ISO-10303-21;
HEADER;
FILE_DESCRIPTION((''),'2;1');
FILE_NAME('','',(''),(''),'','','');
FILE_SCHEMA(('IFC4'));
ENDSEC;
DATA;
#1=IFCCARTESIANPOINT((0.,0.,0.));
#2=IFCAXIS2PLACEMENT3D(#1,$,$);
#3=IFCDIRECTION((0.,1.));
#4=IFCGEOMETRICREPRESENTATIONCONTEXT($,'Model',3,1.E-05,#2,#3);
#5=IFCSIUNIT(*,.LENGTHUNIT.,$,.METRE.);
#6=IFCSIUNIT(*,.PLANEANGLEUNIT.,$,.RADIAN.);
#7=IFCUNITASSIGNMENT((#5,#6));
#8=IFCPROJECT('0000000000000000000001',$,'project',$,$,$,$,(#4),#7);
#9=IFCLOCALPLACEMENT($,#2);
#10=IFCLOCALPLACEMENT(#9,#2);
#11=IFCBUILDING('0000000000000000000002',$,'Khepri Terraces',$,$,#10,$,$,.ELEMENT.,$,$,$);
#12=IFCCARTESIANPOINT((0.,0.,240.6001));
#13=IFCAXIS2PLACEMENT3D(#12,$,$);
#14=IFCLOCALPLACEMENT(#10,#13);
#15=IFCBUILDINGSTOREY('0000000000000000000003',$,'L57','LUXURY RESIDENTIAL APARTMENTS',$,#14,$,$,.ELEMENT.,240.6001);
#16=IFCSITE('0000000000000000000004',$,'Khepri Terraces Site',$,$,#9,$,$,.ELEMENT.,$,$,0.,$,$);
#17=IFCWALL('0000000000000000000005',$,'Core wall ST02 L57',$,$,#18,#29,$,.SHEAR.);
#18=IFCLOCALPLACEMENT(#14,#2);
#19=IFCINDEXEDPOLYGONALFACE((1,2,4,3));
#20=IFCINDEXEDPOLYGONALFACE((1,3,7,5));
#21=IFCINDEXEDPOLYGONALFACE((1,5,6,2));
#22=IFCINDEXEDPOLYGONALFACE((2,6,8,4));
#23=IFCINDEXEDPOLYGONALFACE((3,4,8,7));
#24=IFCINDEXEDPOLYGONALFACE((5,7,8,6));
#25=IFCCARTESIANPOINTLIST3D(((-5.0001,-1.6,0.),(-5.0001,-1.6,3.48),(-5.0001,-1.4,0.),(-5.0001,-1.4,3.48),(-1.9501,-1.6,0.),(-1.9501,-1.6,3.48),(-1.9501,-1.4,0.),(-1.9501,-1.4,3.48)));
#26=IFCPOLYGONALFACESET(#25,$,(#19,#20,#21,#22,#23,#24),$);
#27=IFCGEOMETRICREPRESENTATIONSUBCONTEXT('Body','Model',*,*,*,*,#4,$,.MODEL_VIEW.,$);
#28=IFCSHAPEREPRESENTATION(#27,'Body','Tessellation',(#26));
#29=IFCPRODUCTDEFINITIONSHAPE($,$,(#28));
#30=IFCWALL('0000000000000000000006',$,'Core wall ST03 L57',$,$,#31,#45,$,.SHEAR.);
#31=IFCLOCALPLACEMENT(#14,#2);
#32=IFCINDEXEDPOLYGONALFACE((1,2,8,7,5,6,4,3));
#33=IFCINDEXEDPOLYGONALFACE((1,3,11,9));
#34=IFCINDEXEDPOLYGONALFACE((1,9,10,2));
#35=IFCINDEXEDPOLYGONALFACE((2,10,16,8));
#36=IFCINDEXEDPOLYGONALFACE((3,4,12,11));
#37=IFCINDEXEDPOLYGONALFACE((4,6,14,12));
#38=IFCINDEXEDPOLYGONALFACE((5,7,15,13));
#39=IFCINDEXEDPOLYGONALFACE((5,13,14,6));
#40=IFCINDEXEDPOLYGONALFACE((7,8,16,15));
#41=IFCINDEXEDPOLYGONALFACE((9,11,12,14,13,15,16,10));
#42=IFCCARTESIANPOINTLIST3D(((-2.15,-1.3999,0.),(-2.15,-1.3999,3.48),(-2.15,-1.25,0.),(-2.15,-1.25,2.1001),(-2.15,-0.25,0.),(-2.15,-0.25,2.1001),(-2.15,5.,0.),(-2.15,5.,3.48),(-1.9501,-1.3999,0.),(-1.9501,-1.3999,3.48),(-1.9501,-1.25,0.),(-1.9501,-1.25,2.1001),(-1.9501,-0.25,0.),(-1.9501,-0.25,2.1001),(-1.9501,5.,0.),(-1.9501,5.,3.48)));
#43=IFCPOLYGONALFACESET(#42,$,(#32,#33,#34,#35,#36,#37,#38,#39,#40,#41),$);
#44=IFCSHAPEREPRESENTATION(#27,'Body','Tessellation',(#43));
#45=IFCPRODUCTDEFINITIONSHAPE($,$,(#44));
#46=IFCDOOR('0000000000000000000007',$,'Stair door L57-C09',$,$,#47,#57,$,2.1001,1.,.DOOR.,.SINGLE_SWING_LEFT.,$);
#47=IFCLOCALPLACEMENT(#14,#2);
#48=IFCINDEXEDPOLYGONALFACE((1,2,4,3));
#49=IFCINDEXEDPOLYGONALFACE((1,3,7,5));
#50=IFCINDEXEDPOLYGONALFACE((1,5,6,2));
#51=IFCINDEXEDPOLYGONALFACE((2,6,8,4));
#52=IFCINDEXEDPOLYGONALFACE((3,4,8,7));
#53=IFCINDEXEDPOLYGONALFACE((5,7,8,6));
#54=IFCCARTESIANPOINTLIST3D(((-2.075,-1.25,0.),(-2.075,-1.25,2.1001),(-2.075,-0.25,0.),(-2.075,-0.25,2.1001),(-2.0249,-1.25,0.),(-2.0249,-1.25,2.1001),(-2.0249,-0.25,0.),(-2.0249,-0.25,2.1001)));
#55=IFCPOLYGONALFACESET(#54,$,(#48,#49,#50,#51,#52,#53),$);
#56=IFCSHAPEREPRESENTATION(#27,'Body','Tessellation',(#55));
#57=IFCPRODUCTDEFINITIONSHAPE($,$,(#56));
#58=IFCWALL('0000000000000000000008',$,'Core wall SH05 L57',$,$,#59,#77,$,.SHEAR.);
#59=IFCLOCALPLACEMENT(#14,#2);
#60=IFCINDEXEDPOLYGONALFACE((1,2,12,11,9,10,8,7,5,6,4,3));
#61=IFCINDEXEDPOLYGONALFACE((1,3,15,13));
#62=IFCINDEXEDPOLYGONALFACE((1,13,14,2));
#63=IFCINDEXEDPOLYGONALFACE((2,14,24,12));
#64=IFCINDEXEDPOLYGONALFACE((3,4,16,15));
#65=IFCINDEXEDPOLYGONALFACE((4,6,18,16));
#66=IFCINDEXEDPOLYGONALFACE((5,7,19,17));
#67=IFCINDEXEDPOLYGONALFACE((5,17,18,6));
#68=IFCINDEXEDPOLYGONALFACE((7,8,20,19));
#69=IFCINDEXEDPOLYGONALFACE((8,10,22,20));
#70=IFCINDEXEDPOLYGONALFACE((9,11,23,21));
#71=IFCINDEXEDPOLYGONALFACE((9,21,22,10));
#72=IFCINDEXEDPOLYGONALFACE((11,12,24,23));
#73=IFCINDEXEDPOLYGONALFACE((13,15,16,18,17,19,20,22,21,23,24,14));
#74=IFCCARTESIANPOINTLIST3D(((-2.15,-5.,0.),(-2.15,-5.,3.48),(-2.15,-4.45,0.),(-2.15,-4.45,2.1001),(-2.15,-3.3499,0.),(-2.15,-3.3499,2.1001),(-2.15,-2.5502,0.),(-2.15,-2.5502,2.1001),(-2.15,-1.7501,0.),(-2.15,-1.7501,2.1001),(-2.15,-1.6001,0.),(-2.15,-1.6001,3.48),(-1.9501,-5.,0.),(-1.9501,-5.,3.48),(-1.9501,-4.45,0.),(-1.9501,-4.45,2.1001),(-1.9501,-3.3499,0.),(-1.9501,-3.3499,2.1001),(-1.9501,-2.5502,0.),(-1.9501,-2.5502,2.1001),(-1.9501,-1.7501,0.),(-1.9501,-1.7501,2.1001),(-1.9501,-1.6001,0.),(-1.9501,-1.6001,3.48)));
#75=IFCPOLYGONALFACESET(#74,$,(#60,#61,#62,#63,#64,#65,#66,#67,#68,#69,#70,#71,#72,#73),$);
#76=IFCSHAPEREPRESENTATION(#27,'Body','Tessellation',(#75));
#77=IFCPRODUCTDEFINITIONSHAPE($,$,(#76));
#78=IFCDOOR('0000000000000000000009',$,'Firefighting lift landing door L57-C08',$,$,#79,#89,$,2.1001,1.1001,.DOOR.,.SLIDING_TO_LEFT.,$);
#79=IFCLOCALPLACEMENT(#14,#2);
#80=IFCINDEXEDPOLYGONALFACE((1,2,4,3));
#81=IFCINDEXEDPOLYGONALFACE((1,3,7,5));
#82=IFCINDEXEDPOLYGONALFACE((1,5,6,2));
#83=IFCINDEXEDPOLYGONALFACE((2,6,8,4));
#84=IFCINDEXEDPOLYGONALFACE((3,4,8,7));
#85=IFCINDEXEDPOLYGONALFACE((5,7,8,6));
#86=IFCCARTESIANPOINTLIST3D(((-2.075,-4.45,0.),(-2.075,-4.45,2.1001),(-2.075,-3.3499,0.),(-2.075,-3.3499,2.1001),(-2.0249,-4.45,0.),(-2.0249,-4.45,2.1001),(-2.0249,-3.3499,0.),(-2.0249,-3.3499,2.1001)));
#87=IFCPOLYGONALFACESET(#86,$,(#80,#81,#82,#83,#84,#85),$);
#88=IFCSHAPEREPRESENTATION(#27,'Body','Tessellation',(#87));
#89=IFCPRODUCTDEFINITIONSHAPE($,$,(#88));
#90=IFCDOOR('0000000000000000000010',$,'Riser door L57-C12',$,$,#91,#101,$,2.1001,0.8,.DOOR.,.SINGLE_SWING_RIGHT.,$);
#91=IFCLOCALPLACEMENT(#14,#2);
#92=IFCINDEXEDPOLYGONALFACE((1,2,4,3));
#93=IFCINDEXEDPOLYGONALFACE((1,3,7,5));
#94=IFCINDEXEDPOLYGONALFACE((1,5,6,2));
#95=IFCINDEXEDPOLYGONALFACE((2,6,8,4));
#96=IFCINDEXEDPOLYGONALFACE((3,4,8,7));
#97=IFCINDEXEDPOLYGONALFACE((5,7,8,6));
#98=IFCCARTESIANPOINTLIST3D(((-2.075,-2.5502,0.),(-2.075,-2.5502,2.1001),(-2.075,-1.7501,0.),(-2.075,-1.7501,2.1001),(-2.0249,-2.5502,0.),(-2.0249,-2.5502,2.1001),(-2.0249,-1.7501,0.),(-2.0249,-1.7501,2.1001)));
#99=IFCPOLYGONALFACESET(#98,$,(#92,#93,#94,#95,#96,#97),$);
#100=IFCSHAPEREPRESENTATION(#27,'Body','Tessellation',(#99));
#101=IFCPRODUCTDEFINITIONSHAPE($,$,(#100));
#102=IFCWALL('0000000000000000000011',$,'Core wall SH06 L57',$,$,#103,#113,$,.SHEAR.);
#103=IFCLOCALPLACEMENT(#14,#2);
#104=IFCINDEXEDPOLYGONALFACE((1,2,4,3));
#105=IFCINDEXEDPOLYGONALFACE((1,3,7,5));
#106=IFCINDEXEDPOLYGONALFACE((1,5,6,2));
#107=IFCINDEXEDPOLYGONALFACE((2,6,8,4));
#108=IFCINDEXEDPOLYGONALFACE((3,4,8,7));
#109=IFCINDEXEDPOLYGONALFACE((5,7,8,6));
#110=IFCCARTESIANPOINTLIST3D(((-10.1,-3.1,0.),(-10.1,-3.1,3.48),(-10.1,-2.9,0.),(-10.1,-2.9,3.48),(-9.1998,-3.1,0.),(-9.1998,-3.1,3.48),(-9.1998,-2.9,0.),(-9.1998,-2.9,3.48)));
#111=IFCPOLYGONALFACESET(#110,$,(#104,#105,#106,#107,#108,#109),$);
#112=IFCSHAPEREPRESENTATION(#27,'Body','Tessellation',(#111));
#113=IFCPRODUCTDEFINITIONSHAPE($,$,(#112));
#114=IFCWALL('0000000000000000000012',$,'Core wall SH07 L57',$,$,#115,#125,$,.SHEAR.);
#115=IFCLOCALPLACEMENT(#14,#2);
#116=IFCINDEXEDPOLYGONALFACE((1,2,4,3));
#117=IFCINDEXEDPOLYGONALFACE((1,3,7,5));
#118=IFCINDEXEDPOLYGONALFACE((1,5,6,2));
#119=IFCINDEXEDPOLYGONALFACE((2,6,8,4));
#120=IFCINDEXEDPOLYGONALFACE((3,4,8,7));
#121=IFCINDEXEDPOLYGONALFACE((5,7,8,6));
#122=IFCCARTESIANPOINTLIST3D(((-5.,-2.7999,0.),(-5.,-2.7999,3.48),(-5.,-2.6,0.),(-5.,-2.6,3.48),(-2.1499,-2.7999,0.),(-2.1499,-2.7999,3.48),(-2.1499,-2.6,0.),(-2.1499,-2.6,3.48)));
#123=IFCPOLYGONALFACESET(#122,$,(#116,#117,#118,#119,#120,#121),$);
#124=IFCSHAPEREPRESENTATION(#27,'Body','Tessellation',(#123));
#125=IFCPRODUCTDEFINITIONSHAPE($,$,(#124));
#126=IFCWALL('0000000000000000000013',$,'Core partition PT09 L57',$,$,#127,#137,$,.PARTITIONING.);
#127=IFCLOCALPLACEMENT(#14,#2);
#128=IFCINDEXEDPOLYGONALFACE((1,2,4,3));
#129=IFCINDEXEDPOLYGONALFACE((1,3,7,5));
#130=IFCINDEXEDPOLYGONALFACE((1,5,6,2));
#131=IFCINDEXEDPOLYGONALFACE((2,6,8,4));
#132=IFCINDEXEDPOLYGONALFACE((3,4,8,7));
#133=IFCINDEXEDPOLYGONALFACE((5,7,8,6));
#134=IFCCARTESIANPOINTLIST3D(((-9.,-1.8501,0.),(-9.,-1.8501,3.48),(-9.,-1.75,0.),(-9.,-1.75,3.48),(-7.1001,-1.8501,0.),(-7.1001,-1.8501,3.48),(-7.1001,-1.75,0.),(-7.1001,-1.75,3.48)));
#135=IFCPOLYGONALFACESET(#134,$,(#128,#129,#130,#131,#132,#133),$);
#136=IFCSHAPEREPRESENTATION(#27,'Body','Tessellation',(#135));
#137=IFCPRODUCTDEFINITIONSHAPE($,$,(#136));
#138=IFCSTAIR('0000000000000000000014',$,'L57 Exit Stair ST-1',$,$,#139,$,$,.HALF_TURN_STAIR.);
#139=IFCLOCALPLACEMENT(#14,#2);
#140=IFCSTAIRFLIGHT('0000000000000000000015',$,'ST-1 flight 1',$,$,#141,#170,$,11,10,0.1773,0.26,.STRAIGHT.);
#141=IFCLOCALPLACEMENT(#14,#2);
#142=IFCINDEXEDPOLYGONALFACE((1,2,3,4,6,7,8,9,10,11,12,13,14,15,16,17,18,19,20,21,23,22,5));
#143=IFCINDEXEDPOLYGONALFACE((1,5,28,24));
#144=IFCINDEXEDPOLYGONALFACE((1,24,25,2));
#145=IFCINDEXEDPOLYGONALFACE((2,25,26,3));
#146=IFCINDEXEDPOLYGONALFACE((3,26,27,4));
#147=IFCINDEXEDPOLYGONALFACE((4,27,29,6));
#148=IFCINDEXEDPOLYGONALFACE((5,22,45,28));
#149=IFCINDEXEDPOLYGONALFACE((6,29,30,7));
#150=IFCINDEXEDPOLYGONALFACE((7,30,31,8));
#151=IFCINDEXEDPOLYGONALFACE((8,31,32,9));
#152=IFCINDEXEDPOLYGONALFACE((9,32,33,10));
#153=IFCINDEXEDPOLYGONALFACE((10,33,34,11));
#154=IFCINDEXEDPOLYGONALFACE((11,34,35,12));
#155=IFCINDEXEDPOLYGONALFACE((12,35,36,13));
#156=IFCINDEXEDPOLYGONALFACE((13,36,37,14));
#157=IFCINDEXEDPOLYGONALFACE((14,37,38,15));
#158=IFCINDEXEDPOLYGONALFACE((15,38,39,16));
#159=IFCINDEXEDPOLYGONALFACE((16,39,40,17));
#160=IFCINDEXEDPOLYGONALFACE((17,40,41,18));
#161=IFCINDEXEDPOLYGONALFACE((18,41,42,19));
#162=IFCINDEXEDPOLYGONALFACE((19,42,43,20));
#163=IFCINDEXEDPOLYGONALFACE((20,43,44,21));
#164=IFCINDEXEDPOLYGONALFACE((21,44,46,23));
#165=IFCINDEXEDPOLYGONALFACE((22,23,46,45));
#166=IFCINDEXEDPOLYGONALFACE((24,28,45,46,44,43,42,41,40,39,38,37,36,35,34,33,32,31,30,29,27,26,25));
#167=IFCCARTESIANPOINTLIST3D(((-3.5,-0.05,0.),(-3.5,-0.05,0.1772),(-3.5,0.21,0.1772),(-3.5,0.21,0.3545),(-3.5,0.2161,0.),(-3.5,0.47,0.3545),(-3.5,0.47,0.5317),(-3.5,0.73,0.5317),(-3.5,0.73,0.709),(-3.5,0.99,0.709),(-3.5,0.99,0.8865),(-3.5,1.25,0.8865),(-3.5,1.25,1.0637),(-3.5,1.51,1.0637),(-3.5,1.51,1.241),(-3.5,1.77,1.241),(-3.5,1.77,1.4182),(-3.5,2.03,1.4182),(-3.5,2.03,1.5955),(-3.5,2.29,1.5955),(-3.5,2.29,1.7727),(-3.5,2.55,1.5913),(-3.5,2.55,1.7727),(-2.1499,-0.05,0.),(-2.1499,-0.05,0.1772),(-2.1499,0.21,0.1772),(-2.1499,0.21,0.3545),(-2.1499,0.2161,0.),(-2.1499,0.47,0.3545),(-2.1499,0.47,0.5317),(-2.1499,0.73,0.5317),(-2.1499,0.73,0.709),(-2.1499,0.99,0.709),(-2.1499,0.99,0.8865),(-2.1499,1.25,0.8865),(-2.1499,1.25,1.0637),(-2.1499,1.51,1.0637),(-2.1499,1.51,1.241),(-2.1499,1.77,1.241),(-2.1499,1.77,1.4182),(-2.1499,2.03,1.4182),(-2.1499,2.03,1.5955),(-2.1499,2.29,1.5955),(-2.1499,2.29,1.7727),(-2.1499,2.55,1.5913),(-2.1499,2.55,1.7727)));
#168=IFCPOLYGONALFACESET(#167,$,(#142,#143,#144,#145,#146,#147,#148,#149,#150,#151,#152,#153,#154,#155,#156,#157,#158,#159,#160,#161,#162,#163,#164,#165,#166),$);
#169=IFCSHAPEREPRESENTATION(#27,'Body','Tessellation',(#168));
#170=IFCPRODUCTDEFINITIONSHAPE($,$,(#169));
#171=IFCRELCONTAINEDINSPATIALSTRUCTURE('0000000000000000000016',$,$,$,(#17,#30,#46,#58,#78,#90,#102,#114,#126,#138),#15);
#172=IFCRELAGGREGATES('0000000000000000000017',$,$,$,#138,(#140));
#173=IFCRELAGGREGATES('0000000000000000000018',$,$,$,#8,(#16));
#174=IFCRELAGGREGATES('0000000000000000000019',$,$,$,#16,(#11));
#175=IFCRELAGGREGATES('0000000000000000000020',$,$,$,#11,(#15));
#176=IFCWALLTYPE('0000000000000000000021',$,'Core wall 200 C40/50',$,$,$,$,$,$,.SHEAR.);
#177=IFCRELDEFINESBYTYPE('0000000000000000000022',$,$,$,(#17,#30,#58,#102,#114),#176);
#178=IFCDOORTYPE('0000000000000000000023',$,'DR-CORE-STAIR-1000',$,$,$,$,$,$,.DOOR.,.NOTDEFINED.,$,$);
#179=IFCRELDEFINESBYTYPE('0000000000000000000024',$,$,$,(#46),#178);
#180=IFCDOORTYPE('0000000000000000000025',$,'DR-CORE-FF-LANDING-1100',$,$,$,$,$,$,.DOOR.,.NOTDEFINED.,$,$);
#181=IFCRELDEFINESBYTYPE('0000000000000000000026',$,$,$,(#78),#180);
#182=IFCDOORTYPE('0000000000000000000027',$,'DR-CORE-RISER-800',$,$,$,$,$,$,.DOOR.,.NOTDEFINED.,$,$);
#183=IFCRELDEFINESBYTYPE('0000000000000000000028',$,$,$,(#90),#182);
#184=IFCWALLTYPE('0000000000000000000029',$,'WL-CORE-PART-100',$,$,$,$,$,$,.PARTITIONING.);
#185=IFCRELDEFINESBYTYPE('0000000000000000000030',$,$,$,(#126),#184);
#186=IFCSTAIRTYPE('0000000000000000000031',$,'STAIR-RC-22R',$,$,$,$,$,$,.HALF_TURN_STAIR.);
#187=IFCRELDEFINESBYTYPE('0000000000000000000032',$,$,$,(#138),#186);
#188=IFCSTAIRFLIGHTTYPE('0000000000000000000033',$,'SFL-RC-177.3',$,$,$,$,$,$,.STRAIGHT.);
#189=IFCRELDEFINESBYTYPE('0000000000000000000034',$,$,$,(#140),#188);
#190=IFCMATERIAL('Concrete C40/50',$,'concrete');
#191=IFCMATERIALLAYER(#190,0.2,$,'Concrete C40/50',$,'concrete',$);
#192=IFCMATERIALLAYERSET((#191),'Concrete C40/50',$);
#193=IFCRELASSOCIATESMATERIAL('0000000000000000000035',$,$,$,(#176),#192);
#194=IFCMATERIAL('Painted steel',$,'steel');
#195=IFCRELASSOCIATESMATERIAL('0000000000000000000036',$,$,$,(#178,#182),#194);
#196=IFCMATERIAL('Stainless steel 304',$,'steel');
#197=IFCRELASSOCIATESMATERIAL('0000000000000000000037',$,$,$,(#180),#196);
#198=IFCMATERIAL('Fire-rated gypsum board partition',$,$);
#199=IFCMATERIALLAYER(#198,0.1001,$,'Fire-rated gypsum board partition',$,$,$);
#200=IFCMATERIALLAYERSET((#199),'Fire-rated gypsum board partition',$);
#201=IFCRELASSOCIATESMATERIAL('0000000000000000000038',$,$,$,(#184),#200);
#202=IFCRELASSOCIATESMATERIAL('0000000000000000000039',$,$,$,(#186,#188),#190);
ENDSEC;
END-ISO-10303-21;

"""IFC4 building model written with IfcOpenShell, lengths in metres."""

from ifc_helpers import new_model, si_unit, direction, frame, frame_2d, origin, place, context, subcontext, project, spatial, polyline, rectangle, outline, extrude, material, layer, layer_set, type_object, element, fill, aggregate, save


model = new_model("IFC4")

# Units and contexts
model_context = context("Model", 3, precision=1e-05, world=origin(), true_north=direction((0.0, 1.0)))
body_context = subcontext(model_context, "Body", "Model", "MODEL_VIEW")
ifc_project = project(units=[si_unit("LENGTHUNIT", "METRE"), si_unit("PLANEANGLEUNIT", "RADIAN")], contexts=[model_context])

# Site, building, storey
site_placement = place(None, origin())
site = spatial("IfcSite", under=ifc_project, at=site_placement, Name="Khepri Terraces Site", CompositionType="ELEMENT", RefElevation=0.0)
building_placement = place(site_placement, origin())
building = spatial("IfcBuilding", under=site, at=building_placement, Name="Khepri Terraces", CompositionType="ELEMENT")
storey_placement = place(building_placement, frame((0.0, 0.0, 240.6001)))
storey = spatial("IfcBuildingStorey", under=building, at=storey_placement, Name="L57", Description="LUXURY RESIDENTIAL APARTMENTS", CompositionType="ELEMENT", Elevation=240.6001)

# Wall
ifc_material_1 = material(Name="Concrete C40/50", Category="concrete")
ifc_layer_1 = layer(ifc_material_1, 0.2, Name="Concrete C40/50", Category="concrete")
ifc_layer_set_1 = layer_set([ifc_layer_1], Name="Concrete C40/50")
wall_type_1 = type_object("IfcWallType", Name="Core wall 200 C40/50", PredefinedType="SHEAR", material=ifc_layer_set_1)
wall_1_placement = place(storey_placement, frame((-5.0, -1.5, 0.0), z_axis=(0.0, 0.0, 1.0), x_axis=(1.0, 0.0, 0.0)))
element("IfcWall", 1, at=wall_1_placement, inside=storey, type_object=wall_type_1, Name="Core wall ST02 L57", PredefinedType="SHEAR", context=body_context, shape_type="SweptSolid", body=[
    extrude(rectangle(XDim=3.05, YDim=0.2, at=frame_2d((1.5249, 0.0))), origin(), (0.0, 0.0, 1.0), 3.48),
])

# Wall, opening, door
wall_2_placement = place(storey_placement, frame((-2.05, -1.3999, 0.0), z_axis=(0.0, 0.0, 1.0), x_axis=(0.0, 1.0, 0.0)))
wall_2 = element("IfcWall", 2, at=wall_2_placement, inside=storey, type_object=wall_type_1, Name="Core wall ST03 L57", PredefinedType="SHEAR", context=body_context, shape_type="SweptSolid", body=[
    extrude(rectangle(XDim=6.3999, YDim=0.2, at=frame_2d((3.2, 0.0))), origin(), (0.0, 0.0, 1.0), 3.48),
])
opening_1_placement = place(wall_2_placement, frame((0.1499, 0.0, 0.0)))
opening_1 = element("IfcOpeningElement", 3, at=opening_1_placement, cuts=wall_2, PredefinedType="OPENING", context=body_context, shape_type="SweptSolid", body=[
    extrude(rectangle(XDim=1.0, YDim=2.1001, at=frame_2d((0.5, 1.05))), frame((0.0, 0.1099, 0.0), z_axis=(0.0, -1.0, 0.0), x_axis=(1.0, 0.0, 0.0)), (0.0, 0.0, 1.0), 0.22),
])
ifc_material_2 = material(Name="Painted steel", Category="steel")
door_type_1 = type_object("IfcDoorType", Name="DR-CORE-STAIR-1000", OperationType="NOTDEFINED", PredefinedType="DOOR", material=ifc_material_2)
door_1_placement = place(opening_1_placement, origin())
door_1 = element("IfcDoor", 4, at=door_1_placement, inside=storey, type_object=door_type_1, Name="Stair door L57-C09", OperationType="SINGLE_SWING_LEFT", OverallHeight=2.1001, OverallWidth=1.0, PredefinedType="DOOR", context=body_context, shape_type="SweptSolid", body=[
    extrude(rectangle(XDim=1.0, YDim=2.1001, at=frame_2d((0.5, 1.05))), frame((0.0, 0.0249, 0.0), z_axis=(0.0, -1.0, 0.0), x_axis=(1.0, 0.0, 0.0)), (0.0, 0.0, 1.0), 0.05),
])
fill(opening_1, door_1)

# Wall, openings, doors
wall_3_placement = place(storey_placement, frame((-2.05, -5.0, 0.0), z_axis=(0.0, 0.0, 1.0), x_axis=(0.0, 1.0, 0.0)))
wall_3 = element("IfcWall", 5, at=wall_3_placement, inside=storey, type_object=wall_type_1, Name="Core wall SH05 L57", PredefinedType="SHEAR", context=body_context, shape_type="SweptSolid", body=[
    extrude(rectangle(XDim=3.3999, YDim=0.2, at=frame_2d((1.7, 0.0))), origin(), (0.0, 0.0, 1.0), 3.48),
])
opening_2_placement = place(wall_3_placement, frame((0.55, 0.0, 0.0)))
opening_2 = element("IfcOpeningElement", 6, at=opening_2_placement, cuts=wall_3, PredefinedType="OPENING", context=body_context, shape_type="SweptSolid", body=[
    extrude(rectangle(XDim=1.1001, YDim=2.1001, at=frame_2d((0.55, 1.05))), frame((0.0, 0.1099, 0.0), z_axis=(0.0, -1.0, 0.0), x_axis=(1.0, 0.0, 0.0)), (0.0, 0.0, 1.0), 0.22),
])
opening_3_placement = place(wall_3_placement, frame((2.45, 0.0, 0.0)))
opening_3 = element("IfcOpeningElement", 7, at=opening_3_placement, cuts=wall_3, PredefinedType="OPENING", context=body_context, shape_type="SweptSolid", body=[
    extrude(rectangle(XDim=0.8, YDim=2.1001, at=frame_2d((0.3999, 1.05))), frame((0.0, 0.1099, 0.0), z_axis=(0.0, -1.0, 0.0), x_axis=(1.0, 0.0, 0.0)), (0.0, 0.0, 1.0), 0.22),
])
ifc_material_3 = material(Name="Stainless steel 304", Category="steel")
door_type_2 = type_object("IfcDoorType", Name="DR-CORE-FF-LANDING-1100", OperationType="NOTDEFINED", PredefinedType="DOOR", material=ifc_material_3)
door_2_placement = place(opening_2_placement, origin())
door_2 = element("IfcDoor", 8, at=door_2_placement, inside=storey, type_object=door_type_2, Name="Firefighting lift landing door L57-C08", OperationType="SLIDING_TO_LEFT", OverallHeight=2.1001, OverallWidth=1.1001, PredefinedType="DOOR", context=body_context, shape_type="SweptSolid", body=[
    extrude(rectangle(XDim=1.1001, YDim=2.1001, at=frame_2d((0.55, 1.05))), frame((0.0, 0.0249, 0.0), z_axis=(0.0, -1.0, 0.0), x_axis=(1.0, 0.0, 0.0)), (0.0, 0.0, 1.0), 0.05),
])
fill(opening_2, door_2)
door_type_3 = type_object("IfcDoorType", Name="DR-CORE-RISER-800", OperationType="NOTDEFINED", PredefinedType="DOOR", material=ifc_material_2)
door_3_placement = place(opening_3_placement, origin())
door_3 = element("IfcDoor", 9, at=door_3_placement, inside=storey, type_object=door_type_3, Name="Riser door L57-C12", OperationType="SINGLE_SWING_RIGHT", OverallHeight=2.1001, OverallWidth=0.8, PredefinedType="DOOR", context=body_context, shape_type="SweptSolid", body=[
    extrude(rectangle(XDim=0.8, YDim=2.1001, at=frame_2d((0.3999, 1.05))), frame((0.0, 0.0249, 0.0), z_axis=(0.0, -1.0, 0.0), x_axis=(1.0, 0.0, 0.0)), (0.0, 0.0, 1.0), 0.05),
])
fill(opening_3, door_3)

# Walls
wall_4_placement = place(storey_placement, frame((-10.1001, -3.0, 0.0), z_axis=(0.0, 0.0, 1.0), x_axis=(1.0, 0.0, 0.0)))
element("IfcWall", 10, at=wall_4_placement, inside=storey, type_object=wall_type_1, Name="Core wall SH06 L57", PredefinedType="SHEAR", context=body_context, shape_type="SweptSolid", body=[
    extrude(rectangle(XDim=0.9001, YDim=0.2, at=frame_2d((0.4502, 0.0))), origin(), (0.0, 0.0, 1.0), 3.48),
])
wall_5_placement = place(storey_placement, frame((-5.0, -2.7, 0.0), z_axis=(0.0, 0.0, 1.0), x_axis=(1.0, 0.0, 0.0)))
element("IfcWall", 11, at=wall_5_placement, inside=storey, type_object=wall_type_1, Name="Core wall SH07 L57", PredefinedType="SHEAR", context=body_context, shape_type="SweptSolid", body=[
    extrude(rectangle(XDim=2.8501, YDim=0.2, at=frame_2d((1.425, 0.0))), origin(), (0.0, 0.0, 1.0), 3.48),
])
ifc_material_4 = material(Name="Fire-rated gypsum board partition")
ifc_layer_2 = layer(ifc_material_4, 0.1001, Name="Fire-rated gypsum board partition")
ifc_layer_set_2 = layer_set([ifc_layer_2], Name="Fire-rated gypsum board partition")
wall_type_2 = type_object("IfcWallType", Name="WL-CORE-PART-100", PredefinedType="PARTITIONING", material=ifc_layer_set_2)
wall_6_placement = place(storey_placement, frame((-9.0, -1.8, 0.0), z_axis=(0.0, 0.0, 1.0), x_axis=(1.0, 0.0, 0.0)))
element("IfcWall", 12, at=wall_6_placement, inside=storey, type_object=wall_type_2, Name="Core partition PT09 L57", PredefinedType="PARTITIONING", context=body_context, shape_type="SweptSolid", body=[
    extrude(rectangle(XDim=1.8999, YDim=0.1001, at=frame_2d((0.95, 0.0))), origin(), (0.0, 0.0, 1.0), 3.48),
])

# Stair, stair flight
stair_type = type_object("IfcStairType", Name="STAIR-RC-22R", PredefinedType="HALF_TURN_STAIR", material=ifc_material_1)
stair_placement = place(storey_placement, origin())
stair = element("IfcStair", 13, at=stair_placement, inside=storey, type_object=stair_type, Name="L57 Exit Stair ST-1", PredefinedType="HALF_TURN_STAIR")
stair_flight_type = type_object("IfcStairFlightType", Name="SFL-RC-177.3", PredefinedType="STRAIGHT", material=ifc_material_1)
stair_flight_placement = place(storey_placement, frame((-2.825, -0.05, 0.0), z_axis=(0.0, 0.0, 1.0), x_axis=(0.0, 1.0, 0.0)))
stair_flight = element("IfcStairFlight", 14, at=stair_flight_placement, type_object=stair_flight_type, Name="ST-1 flight 1", NumberOfRisers=11, NumberOfTreads=10, PredefinedType="STRAIGHT", RiserHeight=0.1773, TreadLength=0.26, context=body_context, shape_type="SweptSolid", body=[
    extrude(outline(polyline([(0.0, 0.0), (0.0, 0.1772), (0.26, 0.1772), (0.26, 0.3545), (0.52, 0.3545), (0.52, 0.5317), (0.78, 0.5317), (0.78, 0.709), (1.04, 0.709), (1.04, 0.8865), (1.3, 0.8865), (1.3, 1.0637), (1.5601, 1.0637), (1.5601, 1.241), (1.8201, 1.241), (1.8201, 1.4182), (2.0801, 1.4182), (2.0801, 1.5955), (2.3401, 1.5955), (2.3401, 1.7727), (2.6001, 1.7727), (2.6001, 1.95), (2.6001, 1.5913), (0.2661, 0.0), (0.0, 0.0)])), frame((0.0, 0.675, 0.0), z_axis=(0.0, -1.0, 0.0), x_axis=(1.0, 0.0, 0.0)), (0.0, 0.0, 1.0), 1.3501),
])
aggregate(stair, [stair_flight])

save(model, "model.ifc")
